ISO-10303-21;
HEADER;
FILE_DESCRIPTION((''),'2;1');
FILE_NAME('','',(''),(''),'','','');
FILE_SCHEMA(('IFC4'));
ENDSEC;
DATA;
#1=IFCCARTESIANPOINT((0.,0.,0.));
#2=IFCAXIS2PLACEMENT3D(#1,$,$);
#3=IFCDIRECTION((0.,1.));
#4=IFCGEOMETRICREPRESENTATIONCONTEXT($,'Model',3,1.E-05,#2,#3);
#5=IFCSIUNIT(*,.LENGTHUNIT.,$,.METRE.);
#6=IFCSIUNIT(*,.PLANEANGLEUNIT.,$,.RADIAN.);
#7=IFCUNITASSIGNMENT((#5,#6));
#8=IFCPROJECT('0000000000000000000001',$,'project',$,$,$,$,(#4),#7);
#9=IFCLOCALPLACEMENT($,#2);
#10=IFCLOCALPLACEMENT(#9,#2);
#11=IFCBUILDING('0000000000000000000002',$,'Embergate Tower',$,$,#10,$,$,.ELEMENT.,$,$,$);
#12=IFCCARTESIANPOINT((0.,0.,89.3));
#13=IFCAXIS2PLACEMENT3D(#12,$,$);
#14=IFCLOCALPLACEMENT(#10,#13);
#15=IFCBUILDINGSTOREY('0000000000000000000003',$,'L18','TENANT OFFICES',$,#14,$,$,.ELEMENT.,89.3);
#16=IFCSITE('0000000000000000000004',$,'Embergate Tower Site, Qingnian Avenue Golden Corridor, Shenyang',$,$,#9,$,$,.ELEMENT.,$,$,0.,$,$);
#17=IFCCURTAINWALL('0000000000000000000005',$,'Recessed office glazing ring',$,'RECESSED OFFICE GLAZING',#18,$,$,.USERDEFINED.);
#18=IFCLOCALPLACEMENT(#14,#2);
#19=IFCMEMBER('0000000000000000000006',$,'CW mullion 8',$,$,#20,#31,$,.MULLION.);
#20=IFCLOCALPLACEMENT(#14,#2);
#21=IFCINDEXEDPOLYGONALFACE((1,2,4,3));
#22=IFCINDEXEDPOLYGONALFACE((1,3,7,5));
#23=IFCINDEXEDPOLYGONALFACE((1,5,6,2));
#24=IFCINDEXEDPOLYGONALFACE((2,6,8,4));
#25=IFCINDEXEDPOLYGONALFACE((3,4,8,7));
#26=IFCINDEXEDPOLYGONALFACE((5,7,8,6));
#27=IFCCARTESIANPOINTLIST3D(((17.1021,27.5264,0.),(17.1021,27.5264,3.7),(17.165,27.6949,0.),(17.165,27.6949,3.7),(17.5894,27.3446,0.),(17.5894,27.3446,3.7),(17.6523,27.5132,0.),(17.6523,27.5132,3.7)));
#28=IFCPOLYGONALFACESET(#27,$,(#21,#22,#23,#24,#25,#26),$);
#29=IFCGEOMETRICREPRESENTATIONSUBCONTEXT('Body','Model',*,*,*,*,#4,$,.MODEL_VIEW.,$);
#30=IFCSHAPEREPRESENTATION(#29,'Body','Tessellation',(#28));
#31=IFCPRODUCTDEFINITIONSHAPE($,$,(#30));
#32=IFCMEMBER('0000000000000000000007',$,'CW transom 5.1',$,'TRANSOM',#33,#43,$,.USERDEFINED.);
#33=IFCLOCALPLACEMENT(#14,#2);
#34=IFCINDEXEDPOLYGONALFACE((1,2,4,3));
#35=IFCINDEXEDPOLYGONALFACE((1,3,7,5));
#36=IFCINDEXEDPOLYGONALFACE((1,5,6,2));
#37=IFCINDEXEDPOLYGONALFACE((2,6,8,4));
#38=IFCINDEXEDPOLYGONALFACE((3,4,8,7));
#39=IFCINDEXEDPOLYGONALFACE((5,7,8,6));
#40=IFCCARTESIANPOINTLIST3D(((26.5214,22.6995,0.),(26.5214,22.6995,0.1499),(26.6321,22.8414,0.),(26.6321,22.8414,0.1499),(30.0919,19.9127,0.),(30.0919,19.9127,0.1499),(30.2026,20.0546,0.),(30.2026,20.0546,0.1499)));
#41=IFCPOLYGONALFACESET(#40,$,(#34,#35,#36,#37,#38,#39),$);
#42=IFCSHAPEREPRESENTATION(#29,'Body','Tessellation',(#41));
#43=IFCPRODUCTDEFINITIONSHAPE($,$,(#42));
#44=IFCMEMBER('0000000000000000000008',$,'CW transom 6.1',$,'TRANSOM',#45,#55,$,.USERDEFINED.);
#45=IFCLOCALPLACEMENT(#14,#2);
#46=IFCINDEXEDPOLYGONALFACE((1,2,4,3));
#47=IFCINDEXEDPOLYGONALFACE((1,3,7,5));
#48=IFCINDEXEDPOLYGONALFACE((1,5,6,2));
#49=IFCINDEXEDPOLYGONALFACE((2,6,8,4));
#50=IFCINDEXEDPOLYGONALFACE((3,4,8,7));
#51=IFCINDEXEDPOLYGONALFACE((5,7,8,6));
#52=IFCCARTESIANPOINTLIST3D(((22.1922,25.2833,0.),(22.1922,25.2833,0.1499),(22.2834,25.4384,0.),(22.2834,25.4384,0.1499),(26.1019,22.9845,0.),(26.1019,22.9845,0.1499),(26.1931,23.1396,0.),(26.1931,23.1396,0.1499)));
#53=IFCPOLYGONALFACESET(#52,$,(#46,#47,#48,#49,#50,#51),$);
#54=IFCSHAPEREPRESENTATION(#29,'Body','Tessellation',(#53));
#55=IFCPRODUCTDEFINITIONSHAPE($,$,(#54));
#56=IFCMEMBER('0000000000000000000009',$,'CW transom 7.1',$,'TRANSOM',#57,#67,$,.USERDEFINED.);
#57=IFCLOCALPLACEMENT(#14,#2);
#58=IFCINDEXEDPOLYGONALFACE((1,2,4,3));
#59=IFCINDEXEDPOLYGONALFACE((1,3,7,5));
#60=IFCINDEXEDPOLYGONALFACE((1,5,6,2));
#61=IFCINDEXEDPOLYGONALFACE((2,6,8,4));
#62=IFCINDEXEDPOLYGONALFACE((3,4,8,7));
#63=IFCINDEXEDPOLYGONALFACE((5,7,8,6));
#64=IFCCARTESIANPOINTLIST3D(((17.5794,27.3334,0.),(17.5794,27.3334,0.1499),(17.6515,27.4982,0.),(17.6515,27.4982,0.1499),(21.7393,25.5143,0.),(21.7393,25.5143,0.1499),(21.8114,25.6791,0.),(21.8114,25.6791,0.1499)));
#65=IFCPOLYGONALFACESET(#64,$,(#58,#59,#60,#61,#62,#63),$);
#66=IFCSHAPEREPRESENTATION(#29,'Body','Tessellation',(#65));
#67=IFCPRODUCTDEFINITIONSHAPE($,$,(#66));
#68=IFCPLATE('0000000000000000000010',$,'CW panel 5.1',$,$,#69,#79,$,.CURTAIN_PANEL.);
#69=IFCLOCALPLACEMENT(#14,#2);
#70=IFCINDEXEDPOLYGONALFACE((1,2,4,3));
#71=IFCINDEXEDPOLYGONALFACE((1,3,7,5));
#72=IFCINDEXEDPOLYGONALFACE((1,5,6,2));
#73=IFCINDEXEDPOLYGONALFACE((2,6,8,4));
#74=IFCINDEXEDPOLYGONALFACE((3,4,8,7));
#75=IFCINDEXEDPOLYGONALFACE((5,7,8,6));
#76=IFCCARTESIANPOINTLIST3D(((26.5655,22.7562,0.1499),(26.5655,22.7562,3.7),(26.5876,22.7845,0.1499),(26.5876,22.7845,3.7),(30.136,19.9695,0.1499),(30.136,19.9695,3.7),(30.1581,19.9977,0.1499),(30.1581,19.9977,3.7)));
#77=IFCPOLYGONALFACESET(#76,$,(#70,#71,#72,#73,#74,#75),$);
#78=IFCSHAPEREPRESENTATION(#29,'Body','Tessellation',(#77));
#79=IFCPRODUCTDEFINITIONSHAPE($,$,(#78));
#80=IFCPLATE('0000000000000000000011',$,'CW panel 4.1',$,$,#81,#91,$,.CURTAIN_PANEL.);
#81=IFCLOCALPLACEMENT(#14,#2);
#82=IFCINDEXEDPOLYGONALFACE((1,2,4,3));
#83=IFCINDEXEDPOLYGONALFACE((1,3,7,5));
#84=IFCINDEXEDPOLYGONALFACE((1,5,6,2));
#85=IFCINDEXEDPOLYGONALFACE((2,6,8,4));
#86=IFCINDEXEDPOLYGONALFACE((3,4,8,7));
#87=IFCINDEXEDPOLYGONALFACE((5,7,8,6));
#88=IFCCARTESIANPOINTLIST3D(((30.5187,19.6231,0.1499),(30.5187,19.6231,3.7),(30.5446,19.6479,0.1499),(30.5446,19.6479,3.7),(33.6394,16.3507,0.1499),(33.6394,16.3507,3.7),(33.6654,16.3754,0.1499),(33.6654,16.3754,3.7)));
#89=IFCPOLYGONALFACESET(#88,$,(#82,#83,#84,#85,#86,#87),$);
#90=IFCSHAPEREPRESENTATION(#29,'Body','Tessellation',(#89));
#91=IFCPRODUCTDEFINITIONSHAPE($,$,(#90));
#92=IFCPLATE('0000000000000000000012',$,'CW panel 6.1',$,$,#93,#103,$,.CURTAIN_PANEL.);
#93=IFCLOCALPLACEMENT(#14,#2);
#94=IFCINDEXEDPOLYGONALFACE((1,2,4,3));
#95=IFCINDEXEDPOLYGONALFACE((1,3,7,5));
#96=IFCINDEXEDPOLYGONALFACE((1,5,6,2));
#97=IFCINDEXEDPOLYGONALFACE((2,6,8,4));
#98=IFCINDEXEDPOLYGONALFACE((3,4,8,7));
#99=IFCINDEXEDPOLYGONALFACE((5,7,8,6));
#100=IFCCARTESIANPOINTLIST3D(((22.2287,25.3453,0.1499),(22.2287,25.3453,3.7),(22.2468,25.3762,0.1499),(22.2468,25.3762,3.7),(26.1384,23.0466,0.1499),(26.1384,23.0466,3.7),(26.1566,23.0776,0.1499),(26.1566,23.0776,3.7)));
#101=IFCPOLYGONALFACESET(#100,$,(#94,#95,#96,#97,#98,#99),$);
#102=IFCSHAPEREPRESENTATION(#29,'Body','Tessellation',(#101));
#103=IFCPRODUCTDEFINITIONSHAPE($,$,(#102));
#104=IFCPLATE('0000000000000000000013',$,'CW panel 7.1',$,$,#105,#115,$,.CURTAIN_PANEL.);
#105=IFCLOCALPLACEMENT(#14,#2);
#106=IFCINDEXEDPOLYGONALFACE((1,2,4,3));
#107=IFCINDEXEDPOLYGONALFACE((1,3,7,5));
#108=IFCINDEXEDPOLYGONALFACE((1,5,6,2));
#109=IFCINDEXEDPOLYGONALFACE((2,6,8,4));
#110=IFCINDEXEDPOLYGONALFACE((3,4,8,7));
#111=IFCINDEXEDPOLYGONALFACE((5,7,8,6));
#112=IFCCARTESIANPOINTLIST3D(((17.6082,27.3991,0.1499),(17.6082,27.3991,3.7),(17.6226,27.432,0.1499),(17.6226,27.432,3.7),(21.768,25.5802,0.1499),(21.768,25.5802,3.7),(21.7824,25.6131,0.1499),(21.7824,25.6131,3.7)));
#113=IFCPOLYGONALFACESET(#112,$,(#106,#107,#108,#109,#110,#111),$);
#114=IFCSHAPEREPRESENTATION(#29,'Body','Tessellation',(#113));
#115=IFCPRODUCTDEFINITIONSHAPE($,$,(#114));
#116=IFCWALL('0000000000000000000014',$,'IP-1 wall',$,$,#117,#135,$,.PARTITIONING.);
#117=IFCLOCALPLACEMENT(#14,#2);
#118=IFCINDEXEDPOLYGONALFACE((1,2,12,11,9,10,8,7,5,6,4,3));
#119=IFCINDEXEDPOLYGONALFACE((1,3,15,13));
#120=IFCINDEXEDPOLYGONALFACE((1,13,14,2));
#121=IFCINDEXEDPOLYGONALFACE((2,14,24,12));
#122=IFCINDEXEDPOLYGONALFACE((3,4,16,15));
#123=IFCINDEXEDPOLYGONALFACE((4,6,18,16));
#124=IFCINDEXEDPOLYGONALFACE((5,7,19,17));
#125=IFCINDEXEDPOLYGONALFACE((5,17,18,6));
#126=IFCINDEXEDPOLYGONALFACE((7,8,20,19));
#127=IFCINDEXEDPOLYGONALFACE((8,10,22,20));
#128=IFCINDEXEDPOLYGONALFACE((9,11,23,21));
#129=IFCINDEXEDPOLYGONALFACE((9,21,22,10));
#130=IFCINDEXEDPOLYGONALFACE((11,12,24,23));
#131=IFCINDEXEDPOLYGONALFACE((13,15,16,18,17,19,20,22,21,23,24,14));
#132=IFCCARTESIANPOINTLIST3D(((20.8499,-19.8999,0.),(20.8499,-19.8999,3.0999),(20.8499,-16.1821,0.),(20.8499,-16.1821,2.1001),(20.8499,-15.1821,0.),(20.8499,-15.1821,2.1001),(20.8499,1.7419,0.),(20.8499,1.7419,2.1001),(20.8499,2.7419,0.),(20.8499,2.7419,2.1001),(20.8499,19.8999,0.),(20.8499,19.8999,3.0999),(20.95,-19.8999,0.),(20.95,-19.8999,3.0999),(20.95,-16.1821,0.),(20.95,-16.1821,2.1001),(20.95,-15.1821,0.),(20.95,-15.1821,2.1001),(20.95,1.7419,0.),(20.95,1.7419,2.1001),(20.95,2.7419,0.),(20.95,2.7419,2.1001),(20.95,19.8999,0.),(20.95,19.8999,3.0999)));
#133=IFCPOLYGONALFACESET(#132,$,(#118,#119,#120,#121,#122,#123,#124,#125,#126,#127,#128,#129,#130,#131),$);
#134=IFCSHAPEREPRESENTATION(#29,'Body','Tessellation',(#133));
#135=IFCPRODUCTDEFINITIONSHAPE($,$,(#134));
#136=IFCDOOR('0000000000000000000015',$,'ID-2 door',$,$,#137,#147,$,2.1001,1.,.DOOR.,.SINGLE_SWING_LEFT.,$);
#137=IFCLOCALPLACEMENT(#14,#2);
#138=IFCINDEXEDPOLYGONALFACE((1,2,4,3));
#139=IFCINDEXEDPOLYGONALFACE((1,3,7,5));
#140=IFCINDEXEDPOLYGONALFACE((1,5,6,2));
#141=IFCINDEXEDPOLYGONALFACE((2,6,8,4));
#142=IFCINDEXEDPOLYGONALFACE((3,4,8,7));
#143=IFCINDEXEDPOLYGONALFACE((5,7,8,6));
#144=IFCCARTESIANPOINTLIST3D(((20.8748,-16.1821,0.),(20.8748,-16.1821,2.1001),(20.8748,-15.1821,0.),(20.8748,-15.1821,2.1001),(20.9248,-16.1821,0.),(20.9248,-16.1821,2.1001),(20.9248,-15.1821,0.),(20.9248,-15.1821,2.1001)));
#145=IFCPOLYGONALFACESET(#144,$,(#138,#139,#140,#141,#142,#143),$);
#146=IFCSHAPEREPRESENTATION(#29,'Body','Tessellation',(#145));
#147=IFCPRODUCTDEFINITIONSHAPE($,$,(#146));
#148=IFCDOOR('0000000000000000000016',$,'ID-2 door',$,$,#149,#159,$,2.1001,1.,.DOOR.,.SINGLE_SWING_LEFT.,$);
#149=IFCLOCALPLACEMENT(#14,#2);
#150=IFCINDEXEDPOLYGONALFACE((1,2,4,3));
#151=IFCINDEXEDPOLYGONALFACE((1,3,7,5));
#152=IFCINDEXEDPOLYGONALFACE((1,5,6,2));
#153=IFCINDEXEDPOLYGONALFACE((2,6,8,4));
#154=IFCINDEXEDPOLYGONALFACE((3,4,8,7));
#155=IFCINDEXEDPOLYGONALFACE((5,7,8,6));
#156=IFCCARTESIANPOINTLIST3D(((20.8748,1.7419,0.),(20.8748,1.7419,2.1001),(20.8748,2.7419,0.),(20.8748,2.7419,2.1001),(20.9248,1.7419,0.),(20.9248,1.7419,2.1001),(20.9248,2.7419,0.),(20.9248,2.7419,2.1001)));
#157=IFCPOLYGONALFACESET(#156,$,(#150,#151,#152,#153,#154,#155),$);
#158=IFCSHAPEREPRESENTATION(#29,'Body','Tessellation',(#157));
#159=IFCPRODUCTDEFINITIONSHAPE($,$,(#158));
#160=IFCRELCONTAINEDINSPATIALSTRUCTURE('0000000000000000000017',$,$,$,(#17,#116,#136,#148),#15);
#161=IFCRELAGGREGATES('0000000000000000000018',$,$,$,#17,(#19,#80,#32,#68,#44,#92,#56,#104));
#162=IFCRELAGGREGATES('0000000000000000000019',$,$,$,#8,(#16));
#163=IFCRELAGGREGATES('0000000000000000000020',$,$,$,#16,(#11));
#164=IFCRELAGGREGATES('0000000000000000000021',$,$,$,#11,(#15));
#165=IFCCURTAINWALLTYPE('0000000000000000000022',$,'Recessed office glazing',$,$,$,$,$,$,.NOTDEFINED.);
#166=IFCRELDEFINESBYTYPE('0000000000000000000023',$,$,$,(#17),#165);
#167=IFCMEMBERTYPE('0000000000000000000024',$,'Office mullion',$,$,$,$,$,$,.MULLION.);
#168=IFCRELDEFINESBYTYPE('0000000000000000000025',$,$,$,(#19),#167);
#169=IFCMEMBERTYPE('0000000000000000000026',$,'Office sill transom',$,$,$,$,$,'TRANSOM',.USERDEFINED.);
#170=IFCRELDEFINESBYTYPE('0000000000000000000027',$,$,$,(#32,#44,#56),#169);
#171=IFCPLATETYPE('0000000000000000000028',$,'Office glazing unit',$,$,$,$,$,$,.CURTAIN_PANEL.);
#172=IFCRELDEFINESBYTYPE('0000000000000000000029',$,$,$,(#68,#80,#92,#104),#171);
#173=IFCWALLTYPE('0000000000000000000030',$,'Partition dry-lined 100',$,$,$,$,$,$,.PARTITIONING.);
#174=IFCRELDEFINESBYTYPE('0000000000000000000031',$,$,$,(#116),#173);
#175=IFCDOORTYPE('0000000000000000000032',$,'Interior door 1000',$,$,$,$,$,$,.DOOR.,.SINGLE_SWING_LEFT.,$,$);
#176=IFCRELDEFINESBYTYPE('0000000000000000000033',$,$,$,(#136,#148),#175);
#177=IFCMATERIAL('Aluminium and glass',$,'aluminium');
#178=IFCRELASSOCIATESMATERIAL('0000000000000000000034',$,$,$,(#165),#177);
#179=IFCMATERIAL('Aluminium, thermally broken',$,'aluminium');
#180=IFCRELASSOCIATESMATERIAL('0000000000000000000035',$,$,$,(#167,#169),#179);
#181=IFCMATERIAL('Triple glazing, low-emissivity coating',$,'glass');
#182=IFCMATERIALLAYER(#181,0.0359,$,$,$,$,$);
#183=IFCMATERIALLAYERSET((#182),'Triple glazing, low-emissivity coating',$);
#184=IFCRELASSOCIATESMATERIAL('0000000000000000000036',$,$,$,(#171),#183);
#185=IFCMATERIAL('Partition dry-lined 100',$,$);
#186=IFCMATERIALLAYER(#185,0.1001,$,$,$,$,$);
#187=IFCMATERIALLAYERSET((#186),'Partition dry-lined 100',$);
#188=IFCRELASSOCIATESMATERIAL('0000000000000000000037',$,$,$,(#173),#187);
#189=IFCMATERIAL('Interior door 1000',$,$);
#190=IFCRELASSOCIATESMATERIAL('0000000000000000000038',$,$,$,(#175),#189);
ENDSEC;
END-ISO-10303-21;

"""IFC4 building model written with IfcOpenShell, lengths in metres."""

from ifc_helpers import new_model, si_unit, direction, frame, frame_2d, origin, origin_2d, place, context, subcontext, project, spatial, rectangle, extrude, source, transform, mapped, material, layer, layer_set, material_profile, profile_set, type_object, element, fill, aggregate, save


model = new_model("IFC4")

# Units and contexts
model_context = context("Model", 3, precision=1e-05, world=origin(), true_north=direction((0.0, 1.0)))
body_context = subcontext(model_context, "Body", "Model", "MODEL_VIEW")
ifc_project = project(units=[si_unit("LENGTHUNIT", "METRE"), si_unit("PLANEANGLEUNIT", "RADIAN")], contexts=[model_context])

# Site, building, storey
site_placement = place(None, origin())
site = spatial("IfcSite", under=ifc_project, at=site_placement, Name="Embergate Tower Site, Qingnian Avenue Golden Corridor, Shenyang", CompositionType="ELEMENT", RefElevation=0.0)
building_placement = place(site_placement, origin())
building = spatial("IfcBuilding", under=site, at=building_placement, Name="Embergate Tower", CompositionType="ELEMENT")
storey_placement = place(building_placement, frame((0.0, 0.0, 89.3)))
storey = spatial("IfcBuildingStorey", under=building, at=storey_placement, Name="L18", Description="TENANT OFFICES", CompositionType="ELEMENT", Elevation=89.3)

# Curtain wall, members, plates
ifc_material_1 = material(Name="Aluminium and glass", Category="aluminium")
curtain_wall_type = type_object("IfcCurtainWallType", Name="Recessed office glazing", PredefinedType="NOTDEFINED", material=ifc_material_1)
curtain_wall_placement = place(storey_placement, origin())
curtain_wall = element("IfcCurtainWall", 1, at=curtain_wall_placement, inside=storey, type_object=curtain_wall_type, Name="Recessed office glazing ring", ObjectType="RECESSED OFFICE GLAZING", PredefinedType="USERDEFINED")
ifc_material_2 = material(Name="Aluminium, thermally broken", Category="aluminium")
ifc_material_profile_1 = material_profile(ifc_material_2, rectangle(XDim=0.1799, YDim=0.52, at=origin_2d()), Name="AL 520x180")
ifc_profile_set_1 = profile_set([ifc_material_profile_1], Name="Aluminium, thermally broken")
member_type_1 = type_object("IfcMemberType", Name="Office mullion", PredefinedType="MULLION", material=ifc_profile_set_1)
shared_shape_1 = source(origin(), body_context, "Body", "SweptSolid", [
    extrude(rectangle(XDim=0.1799, YDim=0.52, at=origin_2d()), origin(), (0.0, 0.0, 1.0), 3.7),
])
member_1_placement = place(storey_placement, frame((17.3772, 27.5198, 0.0), z_axis=(0.0, 0.0, 1.0), x_axis=(-0.349503, -0.936935, 0.0)))
member_1 = element("IfcMember", 2, at=member_1_placement, type_object=member_type_1, Name="CW mullion 8", PredefinedType="MULLION", context=body_context, shape_type="MappedRepresentation", body=[
    mapped(shared_shape_1, transform((0.0, 0.0, 0.0))),
])
ifc_material_profile_2 = material_profile(ifc_material_2, rectangle(XDim=0.1799, YDim=0.1499, at=origin_2d()), Name="AL 150x180")
ifc_profile_set_2 = profile_set([ifc_material_profile_2], Name="Aluminium, thermally broken")
member_type_2 = type_object("IfcMemberType", Name="Office sill transom", ElementType="TRANSOM", PredefinedType="USERDEFINED", material=ifc_profile_set_2)
shared_shape_2 = source(origin(), body_context, "Body", "SweptSolid", [
    extrude(rectangle(XDim=0.1799, YDim=0.1499, at=origin_2d()), origin(), (0.0, 0.0, 1.0), 4.5293),
])
member_2_placement = place(storey_placement, frame((30.1472, 19.9836, 0.075), z_axis=(-0.788306, 0.615283, 0.0), x_axis=(-0.615283, -0.788306, 0.0)))
member_2 = element("IfcMember", 3, at=member_2_placement, type_object=member_type_2, Name="CW transom 5.1", ObjectType="TRANSOM", PredefinedType="USERDEFINED", context=body_context, shape_type="MappedRepresentation", body=[
    mapped(shared_shape_2, transform((0.0, 0.0, 0.0))),
])
shared_shape_3 = source(origin(), body_context, "Body", "SweptSolid", [
    extrude(rectangle(XDim=0.1799, YDim=0.1499, at=origin_2d()), origin(), (0.0, 0.0, 1.0), 4.5354),
])
member_3_placement = place(storey_placement, frame((26.1475, 23.062, 0.075), z_axis=(-0.862028, 0.50686, 0.0), x_axis=(-0.50686, -0.862028, 0.0)))
member_3 = element("IfcMember", 4, at=member_3_placement, type_object=member_type_2, Name="CW transom 6.1", ObjectType="TRANSOM", PredefinedType="USERDEFINED", context=body_context, shape_type="MappedRepresentation", body=[
    mapped(shared_shape_3, transform((0.0, 0.0, 0.0))),
])
shared_shape_4 = source(origin(), body_context, "Body", "SweptSolid", [
    extrude(rectangle(XDim=0.1799, YDim=0.1499, at=origin_2d()), origin(), (0.0, 0.0, 1.0), 4.5403),
])
member_4_placement = place(storey_placement, frame((21.7754, 25.5967, 0.075), z_axis=(-0.916228, 0.400658, 0.0), x_axis=(-0.400658, -0.916228, 0.0)))
member_4 = element("IfcMember", 5, at=member_4_placement, type_object=member_type_2, Name="CW transom 7.1", ObjectType="TRANSOM", PredefinedType="USERDEFINED", context=body_context, shape_type="MappedRepresentation", body=[
    mapped(shared_shape_4, transform((0.0, 0.0, 0.0))),
])
ifc_material_3 = material(Name="Triple glazing, low-emissivity coating", Category="glass")
ifc_layer_1 = layer(ifc_material_3, 0.0359)
ifc_layer_set_1 = layer_set([ifc_layer_1], Name="Triple glazing, low-emissivity coating")
plate_type = type_object("IfcPlateType", Name="Office glazing unit", PredefinedType="CURTAIN_PANEL", material=ifc_layer_set_1)
shared_shape_5 = source(origin(), body_context, "Body", "SweptSolid", [
    extrude(rectangle(XDim=4.5293, YDim=0.0359, at=origin_2d()), origin(), (0.0, 0.0, 1.0), 3.55),
])
plate_1_placement = place(storey_placement, frame((28.3618, 21.377, 0.1499), z_axis=(0.0, 0.0, 1.0), x_axis=(-0.788321, 0.615264, 0.0)))
plate_1 = element("IfcPlate", 6, at=plate_1_placement, type_object=plate_type, Name="CW panel 5.1", PredefinedType="CURTAIN_PANEL", context=body_context, shape_type="MappedRepresentation", body=[
    mapped(shared_shape_5, transform((0.0, 0.0, 0.0))),
])
shared_shape_6 = source(origin(), body_context, "Body", "SweptSolid", [
    extrude(rectangle(XDim=4.522, YDim=0.0359, at=origin_2d()), origin(), (0.0, 0.0, 1.0), 3.55),
])
plate_2_placement = place(storey_placement, frame((32.092, 17.9993, 0.1499), z_axis=(0.0, 0.0, 1.0), x_axis=(-0.690135, 0.723681, 0.0)))
plate_2 = element("IfcPlate", 7, at=plate_2_placement, type_object=plate_type, Name="CW panel 4.1", PredefinedType="CURTAIN_PANEL", context=body_context, shape_type="MappedRepresentation", body=[
    mapped(shared_shape_6, transform((0.0, 0.0, 0.0))),
])
shared_shape_7 = source(origin(), body_context, "Body", "SweptSolid", [
    extrude(rectangle(XDim=4.5354, YDim=0.0359, at=origin_2d()), origin(), (0.0, 0.0, 1.0), 3.55),
])
plate_3_placement = place(storey_placement, frame((24.1926, 24.2114, 0.1499), z_axis=(0.0, 0.0, 1.0), x_axis=(-0.862053, 0.506818, 0.0)))
plate_3 = element("IfcPlate", 8, at=plate_3_placement, type_object=plate_type, Name="CW panel 6.1", PredefinedType="CURTAIN_PANEL", context=body_context, shape_type="MappedRepresentation", body=[
    mapped(shared_shape_7, transform((0.0, 0.0, 0.0))),
])
shared_shape_8 = source(origin(), body_context, "Body", "SweptSolid", [
    extrude(rectangle(XDim=4.54, YDim=0.0359, at=origin_2d()), origin(), (0.0, 0.0, 1.0), 3.55),
])
plate_4_placement = place(storey_placement, frame((19.6953, 26.5061, 0.1499), z_axis=(0.0, 0.0, 1.0), x_axis=(-0.916236, 0.400638, 0.0)))
plate_4 = element("IfcPlate", 9, at=plate_4_placement, type_object=plate_type, Name="CW panel 7.1", PredefinedType="CURTAIN_PANEL", context=body_context, shape_type="MappedRepresentation", body=[
    mapped(shared_shape_8, transform((0.0, 0.0, 0.0))),
])
aggregate(curtain_wall, [member_1, plate_2, member_2, plate_1, member_3, plate_3, member_4, plate_4])

# Wall, openings, doors
ifc_material_4 = material(Name="Partition dry-lined 100")
ifc_layer_2 = layer(ifc_material_4, 0.1001)
ifc_layer_set_2 = layer_set([ifc_layer_2], Name="Partition dry-lined 100")
wall_type = type_object("IfcWallType", Name="Partition dry-lined 100", PredefinedType="PARTITIONING", material=ifc_layer_set_2)
shared_shape_9 = source(origin(), body_context, "Body", "SweptSolid", [
    extrude(rectangle(XDim=39.7998, YDim=0.1001, at=frame_2d((19.8999, 0.0))), origin(), (0.0, 0.0, 1.0), 3.0999),
])
wall_placement = place(storey_placement, frame((20.8999, 19.8999, 0.0), z_axis=(0.0, 0.0, 1.0), x_axis=(0.0, -1.0, 0.0)))
wall = element("IfcWall", 10, at=wall_placement, inside=storey, type_object=wall_type, Name="IP-1 wall", PredefinedType="PARTITIONING", context=body_context, shape_type="MappedRepresentation", body=[
    mapped(shared_shape_9, transform((0.0, 0.0, 0.0))),
])
shared_shape_10 = source(origin(), body_context, "Body", "SweptSolid", [
    extrude(rectangle(XDim=1.0, YDim=2.1001, at=frame_2d((0.5, 1.05))), frame((0.0, 0.0601, 0.0), z_axis=(0.0, -1.0, 0.0), x_axis=(1.0, 0.0, 0.0)), (0.0, 0.0, 1.0), 0.1201),
])
opening_1_placement = place(wall_placement, frame((35.082, 0.0, 0.0)))
opening_1 = element("IfcOpeningElement", 11, at=opening_1_placement, cuts=wall, PredefinedType="OPENING", context=body_context, shape_type="MappedRepresentation", body=[
    mapped(shared_shape_10, transform((0.0, 0.0, 0.0))),
])
opening_2_placement = place(wall_placement, frame((17.158, 0.0, 0.0)))
opening_2 = element("IfcOpeningElement", 12, at=opening_2_placement, cuts=wall, PredefinedType="OPENING", context=body_context, shape_type="MappedRepresentation", body=[
    mapped(shared_shape_10, transform((0.0, 0.0, 0.0))),
])
ifc_material_5 = material(Name="Interior door 1000")
door_type = type_object("IfcDoorType", Name="Interior door 1000", OperationType="SINGLE_SWING_LEFT", PredefinedType="DOOR", material=ifc_material_5)
shared_shape_11 = source(origin(), body_context, "Body", "SweptSolid", [
    extrude(rectangle(XDim=1.0, YDim=2.1001, at=frame_2d((0.5, 1.05))), frame((0.0, 0.0249, 0.0), z_axis=(0.0, -1.0, 0.0), x_axis=(1.0, 0.0, 0.0)), (0.0, 0.0, 1.0), 0.05),
])
door_1_placement = place(opening_1_placement, origin())
door_1 = element("IfcDoor", 13, at=door_1_placement, inside=storey, type_object=door_type, Name="ID-2 door", OperationType="SINGLE_SWING_LEFT", OverallHeight=2.1001, OverallWidth=1.0, PredefinedType="DOOR", context=body_context, shape_type="MappedRepresentation", body=[
    mapped(shared_shape_11, transform((0.0, 0.0, 0.0))),
])
fill(opening_1, door_1)
door_2_placement = place(opening_2_placement, origin())
door_2 = element("IfcDoor", 14, at=door_2_placement, inside=storey, type_object=door_type, Name="ID-2 door", OperationType="SINGLE_SWING_LEFT", OverallHeight=2.1001, OverallWidth=1.0, PredefinedType="DOOR", context=body_context, shape_type="MappedRepresentation", body=[
    mapped(shared_shape_11, transform((0.0, 0.0, 0.0))),
])
fill(opening_2, door_2)

save(model, "model.ifc")
